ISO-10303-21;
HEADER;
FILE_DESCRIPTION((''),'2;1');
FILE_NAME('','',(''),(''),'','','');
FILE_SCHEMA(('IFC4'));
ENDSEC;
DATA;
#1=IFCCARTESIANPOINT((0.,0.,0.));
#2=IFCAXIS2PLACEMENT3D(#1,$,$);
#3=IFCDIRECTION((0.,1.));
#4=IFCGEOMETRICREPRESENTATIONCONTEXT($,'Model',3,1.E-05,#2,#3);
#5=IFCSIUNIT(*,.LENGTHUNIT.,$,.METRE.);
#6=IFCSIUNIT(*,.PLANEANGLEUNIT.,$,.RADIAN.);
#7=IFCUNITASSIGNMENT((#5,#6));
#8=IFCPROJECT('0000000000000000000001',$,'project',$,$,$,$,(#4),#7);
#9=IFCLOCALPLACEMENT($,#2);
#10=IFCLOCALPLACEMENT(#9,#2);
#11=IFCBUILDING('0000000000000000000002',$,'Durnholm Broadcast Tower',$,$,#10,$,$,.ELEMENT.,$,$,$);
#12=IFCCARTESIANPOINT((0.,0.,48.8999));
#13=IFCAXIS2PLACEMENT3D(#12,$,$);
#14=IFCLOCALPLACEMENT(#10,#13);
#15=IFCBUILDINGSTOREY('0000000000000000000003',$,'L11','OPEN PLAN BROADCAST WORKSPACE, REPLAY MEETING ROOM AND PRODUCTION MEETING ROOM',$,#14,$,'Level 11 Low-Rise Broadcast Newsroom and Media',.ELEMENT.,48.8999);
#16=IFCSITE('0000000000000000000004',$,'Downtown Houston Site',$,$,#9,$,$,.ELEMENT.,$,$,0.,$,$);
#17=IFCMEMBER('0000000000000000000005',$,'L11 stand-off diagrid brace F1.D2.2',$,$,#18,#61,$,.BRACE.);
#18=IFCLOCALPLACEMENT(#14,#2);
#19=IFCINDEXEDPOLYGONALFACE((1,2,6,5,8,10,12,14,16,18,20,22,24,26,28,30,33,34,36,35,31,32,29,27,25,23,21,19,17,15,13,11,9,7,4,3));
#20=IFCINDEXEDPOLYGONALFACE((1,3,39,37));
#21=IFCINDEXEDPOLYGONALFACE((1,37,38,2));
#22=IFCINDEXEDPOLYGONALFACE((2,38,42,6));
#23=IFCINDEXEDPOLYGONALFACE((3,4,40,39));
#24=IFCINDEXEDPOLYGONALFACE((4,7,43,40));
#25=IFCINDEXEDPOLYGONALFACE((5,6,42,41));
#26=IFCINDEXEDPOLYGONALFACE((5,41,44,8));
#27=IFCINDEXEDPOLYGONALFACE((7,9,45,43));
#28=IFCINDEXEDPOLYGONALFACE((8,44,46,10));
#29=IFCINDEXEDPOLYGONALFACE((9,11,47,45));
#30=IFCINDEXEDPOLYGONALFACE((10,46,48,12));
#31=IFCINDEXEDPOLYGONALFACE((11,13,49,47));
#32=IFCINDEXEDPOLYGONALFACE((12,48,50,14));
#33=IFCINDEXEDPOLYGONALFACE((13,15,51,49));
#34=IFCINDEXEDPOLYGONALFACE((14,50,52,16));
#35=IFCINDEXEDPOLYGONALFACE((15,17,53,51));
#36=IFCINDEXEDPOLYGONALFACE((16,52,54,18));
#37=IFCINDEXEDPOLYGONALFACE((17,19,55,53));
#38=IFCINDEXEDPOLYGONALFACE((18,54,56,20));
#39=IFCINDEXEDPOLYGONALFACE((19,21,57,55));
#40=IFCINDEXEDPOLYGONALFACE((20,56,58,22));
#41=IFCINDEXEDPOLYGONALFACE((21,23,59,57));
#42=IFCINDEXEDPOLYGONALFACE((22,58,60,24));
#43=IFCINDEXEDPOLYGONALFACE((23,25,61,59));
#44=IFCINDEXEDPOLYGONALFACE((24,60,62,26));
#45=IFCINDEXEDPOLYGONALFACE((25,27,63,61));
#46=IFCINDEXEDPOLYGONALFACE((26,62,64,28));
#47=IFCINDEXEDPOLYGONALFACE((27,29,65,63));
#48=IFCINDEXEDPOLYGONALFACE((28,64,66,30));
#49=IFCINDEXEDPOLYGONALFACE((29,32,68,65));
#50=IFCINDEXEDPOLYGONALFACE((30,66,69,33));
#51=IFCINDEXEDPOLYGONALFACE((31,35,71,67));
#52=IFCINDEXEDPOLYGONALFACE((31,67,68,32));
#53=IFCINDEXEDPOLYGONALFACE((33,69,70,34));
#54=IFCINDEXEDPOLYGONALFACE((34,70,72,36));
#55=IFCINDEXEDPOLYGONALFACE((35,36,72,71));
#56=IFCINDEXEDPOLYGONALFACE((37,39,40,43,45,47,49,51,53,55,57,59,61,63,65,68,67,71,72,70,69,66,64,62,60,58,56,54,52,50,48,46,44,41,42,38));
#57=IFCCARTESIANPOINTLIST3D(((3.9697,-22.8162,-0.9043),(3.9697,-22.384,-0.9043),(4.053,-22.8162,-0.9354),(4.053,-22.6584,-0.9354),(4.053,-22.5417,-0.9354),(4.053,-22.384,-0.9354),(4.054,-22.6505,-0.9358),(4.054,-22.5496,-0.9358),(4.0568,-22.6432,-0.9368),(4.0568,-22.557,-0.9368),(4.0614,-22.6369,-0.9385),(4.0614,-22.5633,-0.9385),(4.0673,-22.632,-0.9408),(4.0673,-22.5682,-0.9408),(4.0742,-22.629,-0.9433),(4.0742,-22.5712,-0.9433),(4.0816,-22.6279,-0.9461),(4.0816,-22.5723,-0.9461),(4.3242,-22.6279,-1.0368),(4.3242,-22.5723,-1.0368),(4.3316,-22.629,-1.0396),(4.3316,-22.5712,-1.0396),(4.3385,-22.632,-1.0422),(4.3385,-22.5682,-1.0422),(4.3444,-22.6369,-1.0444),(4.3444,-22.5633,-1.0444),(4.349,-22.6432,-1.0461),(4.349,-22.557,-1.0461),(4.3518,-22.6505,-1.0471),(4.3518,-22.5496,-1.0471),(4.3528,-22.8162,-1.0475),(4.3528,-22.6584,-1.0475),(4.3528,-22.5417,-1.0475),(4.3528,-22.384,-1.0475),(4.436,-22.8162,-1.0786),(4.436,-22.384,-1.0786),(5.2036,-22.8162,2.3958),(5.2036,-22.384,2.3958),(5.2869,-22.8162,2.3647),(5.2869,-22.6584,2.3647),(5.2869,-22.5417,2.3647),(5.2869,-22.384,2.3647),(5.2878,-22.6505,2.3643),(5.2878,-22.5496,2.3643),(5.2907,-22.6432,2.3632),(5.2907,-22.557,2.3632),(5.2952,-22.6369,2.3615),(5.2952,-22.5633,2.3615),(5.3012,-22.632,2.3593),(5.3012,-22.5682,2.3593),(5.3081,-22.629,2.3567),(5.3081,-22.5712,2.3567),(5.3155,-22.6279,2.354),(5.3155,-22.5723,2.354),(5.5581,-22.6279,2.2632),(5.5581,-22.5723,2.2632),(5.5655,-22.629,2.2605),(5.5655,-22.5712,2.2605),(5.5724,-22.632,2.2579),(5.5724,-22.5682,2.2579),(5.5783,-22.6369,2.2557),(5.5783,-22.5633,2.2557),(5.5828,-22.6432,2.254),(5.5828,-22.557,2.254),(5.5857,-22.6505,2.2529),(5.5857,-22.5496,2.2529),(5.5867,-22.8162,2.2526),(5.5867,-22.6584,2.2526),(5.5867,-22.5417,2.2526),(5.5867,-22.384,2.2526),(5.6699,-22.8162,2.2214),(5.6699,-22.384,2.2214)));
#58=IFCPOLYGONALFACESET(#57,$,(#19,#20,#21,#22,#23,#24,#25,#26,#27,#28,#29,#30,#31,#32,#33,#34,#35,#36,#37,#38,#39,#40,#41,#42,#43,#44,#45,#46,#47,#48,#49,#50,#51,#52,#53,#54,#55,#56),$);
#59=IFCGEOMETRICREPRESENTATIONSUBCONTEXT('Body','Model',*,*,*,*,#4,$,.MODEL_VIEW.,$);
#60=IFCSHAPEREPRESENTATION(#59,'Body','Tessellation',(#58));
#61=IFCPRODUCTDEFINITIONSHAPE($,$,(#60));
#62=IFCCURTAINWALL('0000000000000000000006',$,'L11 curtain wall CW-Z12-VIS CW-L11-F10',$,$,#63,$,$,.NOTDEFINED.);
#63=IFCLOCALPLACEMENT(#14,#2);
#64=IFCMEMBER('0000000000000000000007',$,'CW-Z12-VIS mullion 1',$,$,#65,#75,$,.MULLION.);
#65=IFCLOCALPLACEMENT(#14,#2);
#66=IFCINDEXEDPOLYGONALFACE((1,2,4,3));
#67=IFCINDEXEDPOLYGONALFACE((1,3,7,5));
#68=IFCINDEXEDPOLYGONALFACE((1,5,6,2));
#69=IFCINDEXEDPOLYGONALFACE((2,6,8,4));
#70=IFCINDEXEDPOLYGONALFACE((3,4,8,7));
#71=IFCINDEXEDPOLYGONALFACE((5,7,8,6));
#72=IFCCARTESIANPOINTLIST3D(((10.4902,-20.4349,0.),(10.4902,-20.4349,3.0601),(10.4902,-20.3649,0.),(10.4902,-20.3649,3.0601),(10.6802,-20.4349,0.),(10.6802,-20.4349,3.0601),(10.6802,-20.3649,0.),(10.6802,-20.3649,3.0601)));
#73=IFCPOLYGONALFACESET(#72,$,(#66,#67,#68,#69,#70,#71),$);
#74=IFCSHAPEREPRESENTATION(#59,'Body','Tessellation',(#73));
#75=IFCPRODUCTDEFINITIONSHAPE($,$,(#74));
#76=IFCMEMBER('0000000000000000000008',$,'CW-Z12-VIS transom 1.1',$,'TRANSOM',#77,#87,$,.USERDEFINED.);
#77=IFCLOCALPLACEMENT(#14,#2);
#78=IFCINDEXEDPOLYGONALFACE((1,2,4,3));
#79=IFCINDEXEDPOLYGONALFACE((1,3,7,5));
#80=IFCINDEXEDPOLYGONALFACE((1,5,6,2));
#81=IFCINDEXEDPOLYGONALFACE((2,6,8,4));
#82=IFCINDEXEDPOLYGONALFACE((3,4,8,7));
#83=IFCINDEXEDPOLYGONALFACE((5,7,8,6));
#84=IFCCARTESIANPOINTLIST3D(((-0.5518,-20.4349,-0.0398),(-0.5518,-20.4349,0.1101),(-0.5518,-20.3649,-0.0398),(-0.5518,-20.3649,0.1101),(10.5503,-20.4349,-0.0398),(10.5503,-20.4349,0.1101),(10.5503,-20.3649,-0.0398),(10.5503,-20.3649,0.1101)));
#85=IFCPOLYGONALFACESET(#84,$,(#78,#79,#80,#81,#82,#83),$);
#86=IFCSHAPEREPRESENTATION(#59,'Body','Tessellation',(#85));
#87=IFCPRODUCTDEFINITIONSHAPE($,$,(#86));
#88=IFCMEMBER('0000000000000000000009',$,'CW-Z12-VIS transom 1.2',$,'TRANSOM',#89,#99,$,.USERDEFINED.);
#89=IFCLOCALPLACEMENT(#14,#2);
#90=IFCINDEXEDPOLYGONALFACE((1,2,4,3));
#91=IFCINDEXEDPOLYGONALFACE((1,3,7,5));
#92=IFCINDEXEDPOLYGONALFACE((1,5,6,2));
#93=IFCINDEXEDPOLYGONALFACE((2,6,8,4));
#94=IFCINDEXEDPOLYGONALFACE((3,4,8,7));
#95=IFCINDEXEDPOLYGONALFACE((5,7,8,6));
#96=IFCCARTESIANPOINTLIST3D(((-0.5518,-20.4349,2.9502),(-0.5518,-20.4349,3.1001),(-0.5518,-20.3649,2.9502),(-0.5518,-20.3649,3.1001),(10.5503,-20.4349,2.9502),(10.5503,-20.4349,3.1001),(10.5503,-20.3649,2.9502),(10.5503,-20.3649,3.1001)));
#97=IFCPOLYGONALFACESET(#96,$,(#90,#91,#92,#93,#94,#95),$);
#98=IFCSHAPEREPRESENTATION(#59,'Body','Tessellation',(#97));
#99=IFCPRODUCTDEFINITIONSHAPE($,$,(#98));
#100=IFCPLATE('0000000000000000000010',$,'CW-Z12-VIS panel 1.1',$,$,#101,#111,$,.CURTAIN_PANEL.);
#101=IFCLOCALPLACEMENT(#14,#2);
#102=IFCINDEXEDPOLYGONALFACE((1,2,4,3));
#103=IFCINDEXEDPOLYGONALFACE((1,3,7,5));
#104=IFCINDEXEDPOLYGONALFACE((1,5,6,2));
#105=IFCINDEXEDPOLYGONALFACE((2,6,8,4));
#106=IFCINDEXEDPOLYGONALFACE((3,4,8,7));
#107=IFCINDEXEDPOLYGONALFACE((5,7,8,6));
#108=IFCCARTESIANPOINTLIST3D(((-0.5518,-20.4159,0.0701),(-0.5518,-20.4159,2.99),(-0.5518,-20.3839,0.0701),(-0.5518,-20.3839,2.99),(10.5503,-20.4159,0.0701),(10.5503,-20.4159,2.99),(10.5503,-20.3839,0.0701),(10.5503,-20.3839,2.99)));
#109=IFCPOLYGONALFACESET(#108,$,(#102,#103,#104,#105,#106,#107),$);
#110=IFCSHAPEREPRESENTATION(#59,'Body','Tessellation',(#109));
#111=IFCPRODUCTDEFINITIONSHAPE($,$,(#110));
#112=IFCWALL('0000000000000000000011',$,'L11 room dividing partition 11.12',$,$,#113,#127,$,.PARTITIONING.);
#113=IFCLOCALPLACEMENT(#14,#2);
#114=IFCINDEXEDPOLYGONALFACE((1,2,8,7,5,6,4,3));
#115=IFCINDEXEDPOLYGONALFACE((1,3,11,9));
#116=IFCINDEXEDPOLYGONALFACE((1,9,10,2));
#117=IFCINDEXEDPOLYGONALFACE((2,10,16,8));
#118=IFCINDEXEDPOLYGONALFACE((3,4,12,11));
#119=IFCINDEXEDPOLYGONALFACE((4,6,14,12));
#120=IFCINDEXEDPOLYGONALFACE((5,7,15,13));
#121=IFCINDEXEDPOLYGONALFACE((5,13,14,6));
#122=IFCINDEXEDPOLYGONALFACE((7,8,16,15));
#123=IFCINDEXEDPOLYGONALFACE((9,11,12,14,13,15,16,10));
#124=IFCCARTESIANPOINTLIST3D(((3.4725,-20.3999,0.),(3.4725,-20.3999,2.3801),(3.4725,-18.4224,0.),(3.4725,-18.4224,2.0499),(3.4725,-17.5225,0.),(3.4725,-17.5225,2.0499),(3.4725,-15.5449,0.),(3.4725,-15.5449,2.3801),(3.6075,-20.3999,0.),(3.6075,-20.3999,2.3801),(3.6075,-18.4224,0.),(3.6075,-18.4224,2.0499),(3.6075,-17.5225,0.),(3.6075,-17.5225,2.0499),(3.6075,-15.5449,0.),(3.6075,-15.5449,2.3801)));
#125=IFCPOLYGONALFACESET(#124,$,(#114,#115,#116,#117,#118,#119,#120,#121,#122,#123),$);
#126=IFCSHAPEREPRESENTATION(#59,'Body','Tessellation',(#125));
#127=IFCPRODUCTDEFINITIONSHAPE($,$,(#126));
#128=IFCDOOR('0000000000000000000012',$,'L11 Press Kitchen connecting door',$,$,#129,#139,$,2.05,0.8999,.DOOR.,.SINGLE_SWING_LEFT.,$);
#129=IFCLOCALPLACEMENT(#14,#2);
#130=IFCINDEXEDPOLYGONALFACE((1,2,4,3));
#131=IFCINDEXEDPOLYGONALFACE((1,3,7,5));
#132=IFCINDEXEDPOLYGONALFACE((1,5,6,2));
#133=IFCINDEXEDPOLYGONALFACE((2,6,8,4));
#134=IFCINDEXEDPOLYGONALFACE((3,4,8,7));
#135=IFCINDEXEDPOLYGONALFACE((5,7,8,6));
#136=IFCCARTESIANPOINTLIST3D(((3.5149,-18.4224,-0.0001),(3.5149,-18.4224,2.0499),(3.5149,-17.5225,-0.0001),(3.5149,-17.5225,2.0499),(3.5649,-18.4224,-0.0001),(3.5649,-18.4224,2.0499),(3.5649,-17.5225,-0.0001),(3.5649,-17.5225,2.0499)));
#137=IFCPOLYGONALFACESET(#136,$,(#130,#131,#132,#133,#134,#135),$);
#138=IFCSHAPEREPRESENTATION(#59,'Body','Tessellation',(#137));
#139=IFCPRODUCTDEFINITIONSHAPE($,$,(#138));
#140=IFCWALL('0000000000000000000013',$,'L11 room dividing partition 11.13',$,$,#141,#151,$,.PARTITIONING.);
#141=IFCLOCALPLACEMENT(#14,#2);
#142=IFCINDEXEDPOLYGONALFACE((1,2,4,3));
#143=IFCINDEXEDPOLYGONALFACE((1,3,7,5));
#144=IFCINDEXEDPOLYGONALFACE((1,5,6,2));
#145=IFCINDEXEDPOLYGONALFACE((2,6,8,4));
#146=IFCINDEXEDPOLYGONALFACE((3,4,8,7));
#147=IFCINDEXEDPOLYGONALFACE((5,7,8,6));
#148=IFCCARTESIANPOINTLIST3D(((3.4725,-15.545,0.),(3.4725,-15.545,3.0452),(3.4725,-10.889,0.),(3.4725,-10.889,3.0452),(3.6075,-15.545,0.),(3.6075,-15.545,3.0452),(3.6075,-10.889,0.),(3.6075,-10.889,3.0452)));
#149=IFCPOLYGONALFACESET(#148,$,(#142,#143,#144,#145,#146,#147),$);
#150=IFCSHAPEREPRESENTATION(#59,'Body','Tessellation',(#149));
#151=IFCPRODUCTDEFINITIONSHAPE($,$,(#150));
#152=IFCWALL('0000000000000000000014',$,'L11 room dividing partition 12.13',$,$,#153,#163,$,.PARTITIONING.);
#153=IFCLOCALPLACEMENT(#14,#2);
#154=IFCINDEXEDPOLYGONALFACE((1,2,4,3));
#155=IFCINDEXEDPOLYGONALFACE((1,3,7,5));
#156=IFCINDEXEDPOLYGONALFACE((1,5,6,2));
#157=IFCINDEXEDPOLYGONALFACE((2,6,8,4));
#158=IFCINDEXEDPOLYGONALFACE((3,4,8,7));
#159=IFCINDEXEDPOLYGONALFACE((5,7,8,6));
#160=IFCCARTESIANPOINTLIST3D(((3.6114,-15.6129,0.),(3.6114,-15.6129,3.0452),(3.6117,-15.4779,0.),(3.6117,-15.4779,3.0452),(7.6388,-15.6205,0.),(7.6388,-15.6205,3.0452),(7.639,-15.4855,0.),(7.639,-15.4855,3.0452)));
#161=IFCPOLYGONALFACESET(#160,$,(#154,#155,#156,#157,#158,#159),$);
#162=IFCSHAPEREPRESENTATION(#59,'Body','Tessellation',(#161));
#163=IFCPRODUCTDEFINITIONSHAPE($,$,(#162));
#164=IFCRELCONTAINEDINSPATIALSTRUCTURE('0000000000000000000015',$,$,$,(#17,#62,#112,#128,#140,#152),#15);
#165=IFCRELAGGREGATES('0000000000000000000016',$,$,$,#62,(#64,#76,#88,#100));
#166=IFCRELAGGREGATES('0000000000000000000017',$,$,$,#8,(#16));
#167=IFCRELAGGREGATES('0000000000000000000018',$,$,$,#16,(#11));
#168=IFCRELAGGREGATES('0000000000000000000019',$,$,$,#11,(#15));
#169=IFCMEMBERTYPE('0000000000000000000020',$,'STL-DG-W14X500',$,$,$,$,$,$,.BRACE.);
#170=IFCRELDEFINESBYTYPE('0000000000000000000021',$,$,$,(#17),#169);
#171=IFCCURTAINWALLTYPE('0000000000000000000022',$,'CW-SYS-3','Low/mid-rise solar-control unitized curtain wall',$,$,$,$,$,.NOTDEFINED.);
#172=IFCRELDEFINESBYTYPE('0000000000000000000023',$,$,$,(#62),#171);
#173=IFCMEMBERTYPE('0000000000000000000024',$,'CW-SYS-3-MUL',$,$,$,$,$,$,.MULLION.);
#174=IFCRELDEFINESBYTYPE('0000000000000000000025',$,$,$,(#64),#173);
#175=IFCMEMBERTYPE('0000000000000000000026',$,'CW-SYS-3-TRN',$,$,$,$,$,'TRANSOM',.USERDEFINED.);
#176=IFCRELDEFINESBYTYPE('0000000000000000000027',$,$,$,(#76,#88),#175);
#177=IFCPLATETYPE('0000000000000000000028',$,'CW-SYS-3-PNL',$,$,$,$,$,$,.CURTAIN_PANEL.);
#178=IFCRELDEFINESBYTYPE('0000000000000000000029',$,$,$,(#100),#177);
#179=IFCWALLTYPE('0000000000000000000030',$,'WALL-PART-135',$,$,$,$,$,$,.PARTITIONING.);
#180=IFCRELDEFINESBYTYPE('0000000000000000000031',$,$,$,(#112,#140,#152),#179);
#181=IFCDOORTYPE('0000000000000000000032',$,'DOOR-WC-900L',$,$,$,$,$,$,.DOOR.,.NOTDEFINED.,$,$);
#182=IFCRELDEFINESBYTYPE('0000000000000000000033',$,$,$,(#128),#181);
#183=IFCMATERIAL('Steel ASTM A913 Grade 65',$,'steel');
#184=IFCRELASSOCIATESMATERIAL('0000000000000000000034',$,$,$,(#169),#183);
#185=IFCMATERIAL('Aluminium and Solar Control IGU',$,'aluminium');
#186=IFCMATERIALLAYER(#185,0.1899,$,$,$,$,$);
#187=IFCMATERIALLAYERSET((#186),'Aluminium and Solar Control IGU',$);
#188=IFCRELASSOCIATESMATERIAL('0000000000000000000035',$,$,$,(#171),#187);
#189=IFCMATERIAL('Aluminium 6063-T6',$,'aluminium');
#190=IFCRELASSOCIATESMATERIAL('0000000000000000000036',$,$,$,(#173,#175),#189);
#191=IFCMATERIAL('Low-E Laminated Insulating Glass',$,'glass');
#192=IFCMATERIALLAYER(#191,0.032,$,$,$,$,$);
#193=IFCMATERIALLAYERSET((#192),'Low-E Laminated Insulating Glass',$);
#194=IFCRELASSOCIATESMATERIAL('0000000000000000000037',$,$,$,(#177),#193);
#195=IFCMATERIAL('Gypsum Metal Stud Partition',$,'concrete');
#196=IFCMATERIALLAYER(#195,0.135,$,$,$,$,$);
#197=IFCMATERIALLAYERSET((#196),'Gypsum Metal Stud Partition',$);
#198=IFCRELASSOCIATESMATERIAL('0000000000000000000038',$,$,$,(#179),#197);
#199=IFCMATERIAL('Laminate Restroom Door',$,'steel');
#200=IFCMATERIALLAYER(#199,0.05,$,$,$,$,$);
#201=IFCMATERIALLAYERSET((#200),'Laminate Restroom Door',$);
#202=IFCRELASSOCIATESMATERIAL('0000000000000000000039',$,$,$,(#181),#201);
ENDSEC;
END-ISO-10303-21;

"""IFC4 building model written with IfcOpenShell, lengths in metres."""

from ifc_helpers import new_model, si_unit, direction, frame, frame_2d, origin, origin_2d, place, context, subcontext, project, spatial, rectangle, i_section, extrude, source, transform, mapped, material, layer, layer_set, material_profile, profile_set, type_object, type_shapes, element, fill, aggregate, save


model = new_model("IFC4")

# Units and contexts
model_context = context("Model", 3, precision=1e-05, world=origin(), true_north=direction((0.0, 1.0)))
body_context = subcontext(model_context, "Body", "Model", "MODEL_VIEW")
ifc_project = project(units=[si_unit("LENGTHUNIT", "METRE"), si_unit("PLANEANGLEUNIT", "RADIAN")], contexts=[model_context])

# Site, building, storey
site_placement = place(None, origin())
site = spatial("IfcSite", under=ifc_project, at=site_placement, Name="Downtown Houston Site", CompositionType="ELEMENT", RefElevation=0.0)
building_placement = place(site_placement, origin())
building = spatial("IfcBuilding", under=site, at=building_placement, Name="Durnholm Broadcast Tower", CompositionType="ELEMENT")
storey_placement = place(building_placement, frame((0.0, 0.0, 48.8999)))
storey = spatial("IfcBuildingStorey", under=building, at=storey_placement, Name="L11", Description="OPEN PLAN BROADCAST WORKSPACE, REPLAY MEETING ROOM AND PRODUCTION MEETING ROOM", LongName="Level 11 Low-Rise Broadcast Newsroom and Media", CompositionType="ELEMENT", Elevation=48.8999)

# Member
ifc_material_1 = material(Name="Steel ASTM A913 Grade 65", Category="steel")
ifc_material_profile_1 = material_profile(ifc_material_1, i_section(OverallWidth=0.4321, OverallDepth=0.4978, WebThickness=0.0557, FlangeThickness=0.0889, FilletRadius=0.0305, at=origin_2d()), Name="W14X500")
ifc_profile_set_1 = profile_set([ifc_material_profile_1], Name="Steel ASTM A913 Grade 65")
member_type_1 = type_object("IfcMemberType", Name="STL-DG-W14X500", PredefinedType="BRACE", material=ifc_profile_set_1)
shared_shape_1 = source(origin(), body_context, "Body", "SweptSolid", [
    extrude(i_section(OverallWidth=0.4321, OverallDepth=0.4978, WebThickness=0.0557, FlangeThickness=0.0889, FilletRadius=0.0305, at=origin_2d()), origin(), (0.0, 0.0, 1.0), 3.5232),
])
type_shapes(member_type_1, [shared_shape_1])
for number, where, z_axis, x_axis, name in (
    (1, (4.2029, -22.6001, -0.9915), (0.35022, 0.0, 0.936668), (0.0, 1.0, 0.0), "L11 stand-off diagrid brace F1.D2.2"),
):
    element("IfcMember", number, at=place(storey_placement, frame(where, z_axis=z_axis, x_axis=x_axis)), inside=storey, type_object=member_type_1, Name=name, PredefinedType="BRACE", context=body_context, shape_type="MappedRepresentation", body=[
        mapped(shared_shape_1, transform((0.0, 0.0, 0.0), x_axis=(1.0, 0.0, 0.0), y_axis=(0.0, 1.0, 0.0), z_axis=(0.0, 0.0, 1.0), scale=1.0)),
    ])

# Curtain wall, members, plate
ifc_material_2 = material(Name="Aluminium and Solar Control IGU", Category="aluminium")
ifc_layer_1 = layer(ifc_material_2, 0.1899)
ifc_layer_set_1 = layer_set([ifc_layer_1], Name="Aluminium and Solar Control IGU")
curtain_wall_type = type_object("IfcCurtainWallType", Name="CW-SYS-3", Description="Low/mid-rise solar-control unitized curtain wall", PredefinedType="NOTDEFINED", material=ifc_layer_set_1)
curtain_wall_placement = place(storey_placement, origin())
curtain_wall = element("IfcCurtainWall", 2, at=curtain_wall_placement, inside=storey, type_object=curtain_wall_type, Name="L11 curtain wall CW-Z12-VIS CW-L11-F10", PredefinedType="NOTDEFINED")
ifc_material_3 = material(Name="Aluminium 6063-T6", Category="aluminium")
ifc_material_profile_2 = material_profile(ifc_material_3, rectangle(XDim=0.0701, YDim=0.1899, at=origin_2d()), Name="CWM70X190")
ifc_profile_set_2 = profile_set([ifc_material_profile_2], Name="Aluminium 6063-T6")
member_type_2 = type_object("IfcMemberType", Name="CW-SYS-3-MUL", PredefinedType="MULLION", material=ifc_profile_set_2)
shared_shape_2 = source(origin(), body_context, "Body", "SweptSolid", [
    extrude(rectangle(XDim=0.0701, YDim=0.1899, at=origin_2d()), origin(), (0.0, 0.0, 1.0), 3.0601),
])
type_shapes(member_type_2, [shared_shape_2])
member_1_placement = place(storey_placement, frame((10.5852, -20.3999, 0.0), z_axis=(0.0, 0.0, 1.0), x_axis=(0.0, -1.0, 0.0)))
member_1 = element("IfcMember", 3, at=member_1_placement, type_object=member_type_2, Name="CW-Z12-VIS mullion 1", PredefinedType="MULLION", context=body_context, shape_type="MappedRepresentation", body=[
    mapped(shared_shape_2, transform((0.0, 0.0, 0.0), x_axis=(1.0, 0.0, 0.0), y_axis=(0.0, 1.0, 0.0), z_axis=(0.0, 0.0, 1.0), scale=1.0)),
])
ifc_material_profile_3 = material_profile(ifc_material_3, rectangle(XDim=0.0701, YDim=0.1499, at=origin_2d()), Name="CWT70X150")
ifc_profile_set_3 = profile_set([ifc_material_profile_3], Name="Aluminium 6063-T6")
member_type_3 = type_object("IfcMemberType", Name="CW-SYS-3-TRN", ElementType="TRANSOM", PredefinedType="USERDEFINED", material=ifc_profile_set_3)
shared_shape_3 = source(origin(), body_context, "Body", "SweptSolid", [
    extrude(rectangle(XDim=0.0701, YDim=0.1499, at=origin_2d()), origin(), (0.0, 0.0, 1.0), 11.1021),
])
type_shapes(member_type_3, [shared_shape_3])
member_2_placement = place(storey_placement, frame((10.5503, -20.3999, 0.0352), z_axis=(-1.0, 0.0, 0.0), x_axis=(0.0, -1.0, 0.0)))
member_2 = element("IfcMember", 4, at=member_2_placement, type_object=member_type_3, Name="CW-Z12-VIS transom 1.1", ObjectType="TRANSOM", PredefinedType="USERDEFINED", context=body_context, shape_type="MappedRepresentation", body=[
    mapped(shared_shape_3, transform((0.0, 0.0, 0.0), x_axis=(1.0, 0.0, 0.0), y_axis=(0.0, 1.0, 0.0), z_axis=(0.0, 0.0, 1.0), scale=1.0)),
])
member_3_placement = place(storey_placement, frame((10.5503, -20.3999, 3.0251), z_axis=(-1.0, 0.0, 0.0), x_axis=(0.0, -1.0, 0.0)))
member_3 = element("IfcMember", 5, at=member_3_placement, type_object=member_type_3, Name="CW-Z12-VIS transom 1.2", ObjectType="TRANSOM", PredefinedType="USERDEFINED", context=body_context, shape_type="MappedRepresentation", body=[
    mapped(shared_shape_3, transform((0.0, 0.0, 0.0), x_axis=(1.0, 0.0, 0.0), y_axis=(0.0, 1.0, 0.0), z_axis=(0.0, 0.0, 1.0), scale=1.0)),
])
ifc_material_4 = material(Name="Low-E Laminated Insulating Glass", Category="glass")
ifc_layer_2 = layer(ifc_material_4, 0.032)
ifc_layer_set_2 = layer_set([ifc_layer_2], Name="Low-E Laminated Insulating Glass")
plate_type = type_object("IfcPlateType", Name="CW-SYS-3-PNL", PredefinedType="CURTAIN_PANEL", material=ifc_layer_set_2)
shared_shape_4 = source(origin(), body_context, "Body", "SweptSolid", [
    extrude(rectangle(XDim=11.1021, YDim=0.032, at=origin_2d()), origin(), (0.0, 0.0, 1.0), 2.9199),
])
type_shapes(plate_type, [shared_shape_4])
plate_placement = place(storey_placement, frame((4.9993, -20.3999, 0.0701), z_axis=(0.0, 0.0, 1.0), x_axis=(-1.0, 0.0, 0.0)))
plate = element("IfcPlate", 6, at=plate_placement, type_object=plate_type, Name="CW-Z12-VIS panel 1.1", PredefinedType="CURTAIN_PANEL", context=body_context, shape_type="MappedRepresentation", body=[
    mapped(shared_shape_4, transform((0.0, 0.0, 0.0), x_axis=(1.0, 0.0, 0.0), y_axis=(0.0, 1.0, 0.0), z_axis=(0.0, 0.0, 1.0), scale=1.0)),
])
aggregate(curtain_wall, [member_1, member_2, member_3, plate])

# Wall, opening, door
ifc_material_5 = material(Name="Gypsum Metal Stud Partition", Category="concrete")
ifc_layer_3 = layer(ifc_material_5, 0.135)
ifc_layer_set_3 = layer_set([ifc_layer_3], Name="Gypsum Metal Stud Partition")
wall_type_1 = type_object("IfcWallType", Name="WALL-PART-135", PredefinedType="PARTITIONING", material=ifc_layer_set_3)
wall_1_placement = place(storey_placement, frame((3.54, -15.5449, 0.0), z_axis=(0.0, 0.0, 1.0), x_axis=(0.0, -1.0, 0.0)))
wall_1 = element("IfcWall", 7, at=wall_1_placement, inside=storey, type_object=wall_type_1, Name="L11 room dividing partition 11.12", PredefinedType="PARTITIONING", context=body_context, shape_type="SweptSolid", body=[
    extrude(rectangle(XDim=4.855, YDim=0.135, at=frame_2d((2.4275, 0.0))), origin(), (0.0, 0.0, 1.0), 2.3801),
])
opening_placement = place(wall_1_placement, frame((1.9775, 0.0, 0.0)))
opening = element("IfcOpeningElement", 8, at=opening_placement, cuts=wall_1, PredefinedType="OPENING", context=body_context, shape_type="SweptSolid", body=[
    extrude(rectangle(XDim=0.8999, YDim=2.05, at=frame_2d((0.45, 1.0249))), frame((0.0, 0.0776, 0.0), z_axis=(0.0, -1.0, 0.0), x_axis=(1.0, 0.0, 0.0)), (0.0, 0.0, 1.0), 0.155),
])
ifc_material_6 = material(Name="Laminate Restroom Door", Category="steel")
ifc_layer_4 = layer(ifc_material_6, 0.05)
ifc_layer_set_4 = layer_set([ifc_layer_4], Name="Laminate Restroom Door")
door_type = type_object("IfcDoorType", Name="DOOR-WC-900L", OperationType="NOTDEFINED", PredefinedType="DOOR", material=ifc_layer_set_4)
shared_shape_5 = source(origin(), body_context, "Body", "SweptSolid", [
    extrude(rectangle(XDim=0.8999, YDim=2.05, at=frame_2d((0.45, 1.0249))), frame((0.0, 0.0249, 0.0), z_axis=(0.0, -1.0, 0.0), x_axis=(1.0, 0.0, 0.0)), (0.0, 0.0, 1.0), 0.05),
])
type_shapes(door_type, [shared_shape_5])
door_placement = place(opening_placement, origin())
door = element("IfcDoor", 9, at=door_placement, inside=storey, type_object=door_type, Name="L11 Press Kitchen connecting door", OperationType="SINGLE_SWING_LEFT", OverallHeight=2.05, OverallWidth=0.8999, PredefinedType="DOOR", context=body_context, shape_type="MappedRepresentation", body=[
    mapped(shared_shape_5, transform((0.0, 0.0, 0.0), x_axis=(1.0, 0.0, 0.0), y_axis=(0.0, 1.0, 0.0), z_axis=(0.0, 0.0, 1.0), scale=1.0)),
])
fill(opening, door)

# Walls
wall_2_placement = place(storey_placement, frame((3.54, -10.8889, 0.0), z_axis=(0.0, 0.0, 1.0), x_axis=(0.0, -1.0, 0.0)))
element("IfcWall", 10, at=wall_2_placement, inside=storey, type_object=wall_type_1, Name="L11 room dividing partition 11.13", PredefinedType="PARTITIONING", context=body_context, shape_type="SweptSolid", body=[
    extrude(rectangle(XDim=4.656, YDim=0.135, at=frame_2d((2.3281, 0.0))), origin(), (0.0, 0.0, 1.0), 3.0452),
])
wall_3_placement = place(storey_placement, frame((3.6116, -15.5454, 0.0), z_axis=(0.0, 0.0, 1.0), x_axis=(0.999998, -0.001879, 0.0)))
element("IfcWall", 11, at=wall_3_placement, inside=storey, type_object=wall_type_1, Name="L11 room dividing partition 12.13", PredefinedType="PARTITIONING", context=body_context, shape_type="SweptSolid", body=[
    extrude(rectangle(XDim=4.0273, YDim=0.135, at=frame_2d((2.0137, 0.0))), origin(), (0.0, 0.0, 1.0), 3.0452),
])

save(model, "model.ifc")
